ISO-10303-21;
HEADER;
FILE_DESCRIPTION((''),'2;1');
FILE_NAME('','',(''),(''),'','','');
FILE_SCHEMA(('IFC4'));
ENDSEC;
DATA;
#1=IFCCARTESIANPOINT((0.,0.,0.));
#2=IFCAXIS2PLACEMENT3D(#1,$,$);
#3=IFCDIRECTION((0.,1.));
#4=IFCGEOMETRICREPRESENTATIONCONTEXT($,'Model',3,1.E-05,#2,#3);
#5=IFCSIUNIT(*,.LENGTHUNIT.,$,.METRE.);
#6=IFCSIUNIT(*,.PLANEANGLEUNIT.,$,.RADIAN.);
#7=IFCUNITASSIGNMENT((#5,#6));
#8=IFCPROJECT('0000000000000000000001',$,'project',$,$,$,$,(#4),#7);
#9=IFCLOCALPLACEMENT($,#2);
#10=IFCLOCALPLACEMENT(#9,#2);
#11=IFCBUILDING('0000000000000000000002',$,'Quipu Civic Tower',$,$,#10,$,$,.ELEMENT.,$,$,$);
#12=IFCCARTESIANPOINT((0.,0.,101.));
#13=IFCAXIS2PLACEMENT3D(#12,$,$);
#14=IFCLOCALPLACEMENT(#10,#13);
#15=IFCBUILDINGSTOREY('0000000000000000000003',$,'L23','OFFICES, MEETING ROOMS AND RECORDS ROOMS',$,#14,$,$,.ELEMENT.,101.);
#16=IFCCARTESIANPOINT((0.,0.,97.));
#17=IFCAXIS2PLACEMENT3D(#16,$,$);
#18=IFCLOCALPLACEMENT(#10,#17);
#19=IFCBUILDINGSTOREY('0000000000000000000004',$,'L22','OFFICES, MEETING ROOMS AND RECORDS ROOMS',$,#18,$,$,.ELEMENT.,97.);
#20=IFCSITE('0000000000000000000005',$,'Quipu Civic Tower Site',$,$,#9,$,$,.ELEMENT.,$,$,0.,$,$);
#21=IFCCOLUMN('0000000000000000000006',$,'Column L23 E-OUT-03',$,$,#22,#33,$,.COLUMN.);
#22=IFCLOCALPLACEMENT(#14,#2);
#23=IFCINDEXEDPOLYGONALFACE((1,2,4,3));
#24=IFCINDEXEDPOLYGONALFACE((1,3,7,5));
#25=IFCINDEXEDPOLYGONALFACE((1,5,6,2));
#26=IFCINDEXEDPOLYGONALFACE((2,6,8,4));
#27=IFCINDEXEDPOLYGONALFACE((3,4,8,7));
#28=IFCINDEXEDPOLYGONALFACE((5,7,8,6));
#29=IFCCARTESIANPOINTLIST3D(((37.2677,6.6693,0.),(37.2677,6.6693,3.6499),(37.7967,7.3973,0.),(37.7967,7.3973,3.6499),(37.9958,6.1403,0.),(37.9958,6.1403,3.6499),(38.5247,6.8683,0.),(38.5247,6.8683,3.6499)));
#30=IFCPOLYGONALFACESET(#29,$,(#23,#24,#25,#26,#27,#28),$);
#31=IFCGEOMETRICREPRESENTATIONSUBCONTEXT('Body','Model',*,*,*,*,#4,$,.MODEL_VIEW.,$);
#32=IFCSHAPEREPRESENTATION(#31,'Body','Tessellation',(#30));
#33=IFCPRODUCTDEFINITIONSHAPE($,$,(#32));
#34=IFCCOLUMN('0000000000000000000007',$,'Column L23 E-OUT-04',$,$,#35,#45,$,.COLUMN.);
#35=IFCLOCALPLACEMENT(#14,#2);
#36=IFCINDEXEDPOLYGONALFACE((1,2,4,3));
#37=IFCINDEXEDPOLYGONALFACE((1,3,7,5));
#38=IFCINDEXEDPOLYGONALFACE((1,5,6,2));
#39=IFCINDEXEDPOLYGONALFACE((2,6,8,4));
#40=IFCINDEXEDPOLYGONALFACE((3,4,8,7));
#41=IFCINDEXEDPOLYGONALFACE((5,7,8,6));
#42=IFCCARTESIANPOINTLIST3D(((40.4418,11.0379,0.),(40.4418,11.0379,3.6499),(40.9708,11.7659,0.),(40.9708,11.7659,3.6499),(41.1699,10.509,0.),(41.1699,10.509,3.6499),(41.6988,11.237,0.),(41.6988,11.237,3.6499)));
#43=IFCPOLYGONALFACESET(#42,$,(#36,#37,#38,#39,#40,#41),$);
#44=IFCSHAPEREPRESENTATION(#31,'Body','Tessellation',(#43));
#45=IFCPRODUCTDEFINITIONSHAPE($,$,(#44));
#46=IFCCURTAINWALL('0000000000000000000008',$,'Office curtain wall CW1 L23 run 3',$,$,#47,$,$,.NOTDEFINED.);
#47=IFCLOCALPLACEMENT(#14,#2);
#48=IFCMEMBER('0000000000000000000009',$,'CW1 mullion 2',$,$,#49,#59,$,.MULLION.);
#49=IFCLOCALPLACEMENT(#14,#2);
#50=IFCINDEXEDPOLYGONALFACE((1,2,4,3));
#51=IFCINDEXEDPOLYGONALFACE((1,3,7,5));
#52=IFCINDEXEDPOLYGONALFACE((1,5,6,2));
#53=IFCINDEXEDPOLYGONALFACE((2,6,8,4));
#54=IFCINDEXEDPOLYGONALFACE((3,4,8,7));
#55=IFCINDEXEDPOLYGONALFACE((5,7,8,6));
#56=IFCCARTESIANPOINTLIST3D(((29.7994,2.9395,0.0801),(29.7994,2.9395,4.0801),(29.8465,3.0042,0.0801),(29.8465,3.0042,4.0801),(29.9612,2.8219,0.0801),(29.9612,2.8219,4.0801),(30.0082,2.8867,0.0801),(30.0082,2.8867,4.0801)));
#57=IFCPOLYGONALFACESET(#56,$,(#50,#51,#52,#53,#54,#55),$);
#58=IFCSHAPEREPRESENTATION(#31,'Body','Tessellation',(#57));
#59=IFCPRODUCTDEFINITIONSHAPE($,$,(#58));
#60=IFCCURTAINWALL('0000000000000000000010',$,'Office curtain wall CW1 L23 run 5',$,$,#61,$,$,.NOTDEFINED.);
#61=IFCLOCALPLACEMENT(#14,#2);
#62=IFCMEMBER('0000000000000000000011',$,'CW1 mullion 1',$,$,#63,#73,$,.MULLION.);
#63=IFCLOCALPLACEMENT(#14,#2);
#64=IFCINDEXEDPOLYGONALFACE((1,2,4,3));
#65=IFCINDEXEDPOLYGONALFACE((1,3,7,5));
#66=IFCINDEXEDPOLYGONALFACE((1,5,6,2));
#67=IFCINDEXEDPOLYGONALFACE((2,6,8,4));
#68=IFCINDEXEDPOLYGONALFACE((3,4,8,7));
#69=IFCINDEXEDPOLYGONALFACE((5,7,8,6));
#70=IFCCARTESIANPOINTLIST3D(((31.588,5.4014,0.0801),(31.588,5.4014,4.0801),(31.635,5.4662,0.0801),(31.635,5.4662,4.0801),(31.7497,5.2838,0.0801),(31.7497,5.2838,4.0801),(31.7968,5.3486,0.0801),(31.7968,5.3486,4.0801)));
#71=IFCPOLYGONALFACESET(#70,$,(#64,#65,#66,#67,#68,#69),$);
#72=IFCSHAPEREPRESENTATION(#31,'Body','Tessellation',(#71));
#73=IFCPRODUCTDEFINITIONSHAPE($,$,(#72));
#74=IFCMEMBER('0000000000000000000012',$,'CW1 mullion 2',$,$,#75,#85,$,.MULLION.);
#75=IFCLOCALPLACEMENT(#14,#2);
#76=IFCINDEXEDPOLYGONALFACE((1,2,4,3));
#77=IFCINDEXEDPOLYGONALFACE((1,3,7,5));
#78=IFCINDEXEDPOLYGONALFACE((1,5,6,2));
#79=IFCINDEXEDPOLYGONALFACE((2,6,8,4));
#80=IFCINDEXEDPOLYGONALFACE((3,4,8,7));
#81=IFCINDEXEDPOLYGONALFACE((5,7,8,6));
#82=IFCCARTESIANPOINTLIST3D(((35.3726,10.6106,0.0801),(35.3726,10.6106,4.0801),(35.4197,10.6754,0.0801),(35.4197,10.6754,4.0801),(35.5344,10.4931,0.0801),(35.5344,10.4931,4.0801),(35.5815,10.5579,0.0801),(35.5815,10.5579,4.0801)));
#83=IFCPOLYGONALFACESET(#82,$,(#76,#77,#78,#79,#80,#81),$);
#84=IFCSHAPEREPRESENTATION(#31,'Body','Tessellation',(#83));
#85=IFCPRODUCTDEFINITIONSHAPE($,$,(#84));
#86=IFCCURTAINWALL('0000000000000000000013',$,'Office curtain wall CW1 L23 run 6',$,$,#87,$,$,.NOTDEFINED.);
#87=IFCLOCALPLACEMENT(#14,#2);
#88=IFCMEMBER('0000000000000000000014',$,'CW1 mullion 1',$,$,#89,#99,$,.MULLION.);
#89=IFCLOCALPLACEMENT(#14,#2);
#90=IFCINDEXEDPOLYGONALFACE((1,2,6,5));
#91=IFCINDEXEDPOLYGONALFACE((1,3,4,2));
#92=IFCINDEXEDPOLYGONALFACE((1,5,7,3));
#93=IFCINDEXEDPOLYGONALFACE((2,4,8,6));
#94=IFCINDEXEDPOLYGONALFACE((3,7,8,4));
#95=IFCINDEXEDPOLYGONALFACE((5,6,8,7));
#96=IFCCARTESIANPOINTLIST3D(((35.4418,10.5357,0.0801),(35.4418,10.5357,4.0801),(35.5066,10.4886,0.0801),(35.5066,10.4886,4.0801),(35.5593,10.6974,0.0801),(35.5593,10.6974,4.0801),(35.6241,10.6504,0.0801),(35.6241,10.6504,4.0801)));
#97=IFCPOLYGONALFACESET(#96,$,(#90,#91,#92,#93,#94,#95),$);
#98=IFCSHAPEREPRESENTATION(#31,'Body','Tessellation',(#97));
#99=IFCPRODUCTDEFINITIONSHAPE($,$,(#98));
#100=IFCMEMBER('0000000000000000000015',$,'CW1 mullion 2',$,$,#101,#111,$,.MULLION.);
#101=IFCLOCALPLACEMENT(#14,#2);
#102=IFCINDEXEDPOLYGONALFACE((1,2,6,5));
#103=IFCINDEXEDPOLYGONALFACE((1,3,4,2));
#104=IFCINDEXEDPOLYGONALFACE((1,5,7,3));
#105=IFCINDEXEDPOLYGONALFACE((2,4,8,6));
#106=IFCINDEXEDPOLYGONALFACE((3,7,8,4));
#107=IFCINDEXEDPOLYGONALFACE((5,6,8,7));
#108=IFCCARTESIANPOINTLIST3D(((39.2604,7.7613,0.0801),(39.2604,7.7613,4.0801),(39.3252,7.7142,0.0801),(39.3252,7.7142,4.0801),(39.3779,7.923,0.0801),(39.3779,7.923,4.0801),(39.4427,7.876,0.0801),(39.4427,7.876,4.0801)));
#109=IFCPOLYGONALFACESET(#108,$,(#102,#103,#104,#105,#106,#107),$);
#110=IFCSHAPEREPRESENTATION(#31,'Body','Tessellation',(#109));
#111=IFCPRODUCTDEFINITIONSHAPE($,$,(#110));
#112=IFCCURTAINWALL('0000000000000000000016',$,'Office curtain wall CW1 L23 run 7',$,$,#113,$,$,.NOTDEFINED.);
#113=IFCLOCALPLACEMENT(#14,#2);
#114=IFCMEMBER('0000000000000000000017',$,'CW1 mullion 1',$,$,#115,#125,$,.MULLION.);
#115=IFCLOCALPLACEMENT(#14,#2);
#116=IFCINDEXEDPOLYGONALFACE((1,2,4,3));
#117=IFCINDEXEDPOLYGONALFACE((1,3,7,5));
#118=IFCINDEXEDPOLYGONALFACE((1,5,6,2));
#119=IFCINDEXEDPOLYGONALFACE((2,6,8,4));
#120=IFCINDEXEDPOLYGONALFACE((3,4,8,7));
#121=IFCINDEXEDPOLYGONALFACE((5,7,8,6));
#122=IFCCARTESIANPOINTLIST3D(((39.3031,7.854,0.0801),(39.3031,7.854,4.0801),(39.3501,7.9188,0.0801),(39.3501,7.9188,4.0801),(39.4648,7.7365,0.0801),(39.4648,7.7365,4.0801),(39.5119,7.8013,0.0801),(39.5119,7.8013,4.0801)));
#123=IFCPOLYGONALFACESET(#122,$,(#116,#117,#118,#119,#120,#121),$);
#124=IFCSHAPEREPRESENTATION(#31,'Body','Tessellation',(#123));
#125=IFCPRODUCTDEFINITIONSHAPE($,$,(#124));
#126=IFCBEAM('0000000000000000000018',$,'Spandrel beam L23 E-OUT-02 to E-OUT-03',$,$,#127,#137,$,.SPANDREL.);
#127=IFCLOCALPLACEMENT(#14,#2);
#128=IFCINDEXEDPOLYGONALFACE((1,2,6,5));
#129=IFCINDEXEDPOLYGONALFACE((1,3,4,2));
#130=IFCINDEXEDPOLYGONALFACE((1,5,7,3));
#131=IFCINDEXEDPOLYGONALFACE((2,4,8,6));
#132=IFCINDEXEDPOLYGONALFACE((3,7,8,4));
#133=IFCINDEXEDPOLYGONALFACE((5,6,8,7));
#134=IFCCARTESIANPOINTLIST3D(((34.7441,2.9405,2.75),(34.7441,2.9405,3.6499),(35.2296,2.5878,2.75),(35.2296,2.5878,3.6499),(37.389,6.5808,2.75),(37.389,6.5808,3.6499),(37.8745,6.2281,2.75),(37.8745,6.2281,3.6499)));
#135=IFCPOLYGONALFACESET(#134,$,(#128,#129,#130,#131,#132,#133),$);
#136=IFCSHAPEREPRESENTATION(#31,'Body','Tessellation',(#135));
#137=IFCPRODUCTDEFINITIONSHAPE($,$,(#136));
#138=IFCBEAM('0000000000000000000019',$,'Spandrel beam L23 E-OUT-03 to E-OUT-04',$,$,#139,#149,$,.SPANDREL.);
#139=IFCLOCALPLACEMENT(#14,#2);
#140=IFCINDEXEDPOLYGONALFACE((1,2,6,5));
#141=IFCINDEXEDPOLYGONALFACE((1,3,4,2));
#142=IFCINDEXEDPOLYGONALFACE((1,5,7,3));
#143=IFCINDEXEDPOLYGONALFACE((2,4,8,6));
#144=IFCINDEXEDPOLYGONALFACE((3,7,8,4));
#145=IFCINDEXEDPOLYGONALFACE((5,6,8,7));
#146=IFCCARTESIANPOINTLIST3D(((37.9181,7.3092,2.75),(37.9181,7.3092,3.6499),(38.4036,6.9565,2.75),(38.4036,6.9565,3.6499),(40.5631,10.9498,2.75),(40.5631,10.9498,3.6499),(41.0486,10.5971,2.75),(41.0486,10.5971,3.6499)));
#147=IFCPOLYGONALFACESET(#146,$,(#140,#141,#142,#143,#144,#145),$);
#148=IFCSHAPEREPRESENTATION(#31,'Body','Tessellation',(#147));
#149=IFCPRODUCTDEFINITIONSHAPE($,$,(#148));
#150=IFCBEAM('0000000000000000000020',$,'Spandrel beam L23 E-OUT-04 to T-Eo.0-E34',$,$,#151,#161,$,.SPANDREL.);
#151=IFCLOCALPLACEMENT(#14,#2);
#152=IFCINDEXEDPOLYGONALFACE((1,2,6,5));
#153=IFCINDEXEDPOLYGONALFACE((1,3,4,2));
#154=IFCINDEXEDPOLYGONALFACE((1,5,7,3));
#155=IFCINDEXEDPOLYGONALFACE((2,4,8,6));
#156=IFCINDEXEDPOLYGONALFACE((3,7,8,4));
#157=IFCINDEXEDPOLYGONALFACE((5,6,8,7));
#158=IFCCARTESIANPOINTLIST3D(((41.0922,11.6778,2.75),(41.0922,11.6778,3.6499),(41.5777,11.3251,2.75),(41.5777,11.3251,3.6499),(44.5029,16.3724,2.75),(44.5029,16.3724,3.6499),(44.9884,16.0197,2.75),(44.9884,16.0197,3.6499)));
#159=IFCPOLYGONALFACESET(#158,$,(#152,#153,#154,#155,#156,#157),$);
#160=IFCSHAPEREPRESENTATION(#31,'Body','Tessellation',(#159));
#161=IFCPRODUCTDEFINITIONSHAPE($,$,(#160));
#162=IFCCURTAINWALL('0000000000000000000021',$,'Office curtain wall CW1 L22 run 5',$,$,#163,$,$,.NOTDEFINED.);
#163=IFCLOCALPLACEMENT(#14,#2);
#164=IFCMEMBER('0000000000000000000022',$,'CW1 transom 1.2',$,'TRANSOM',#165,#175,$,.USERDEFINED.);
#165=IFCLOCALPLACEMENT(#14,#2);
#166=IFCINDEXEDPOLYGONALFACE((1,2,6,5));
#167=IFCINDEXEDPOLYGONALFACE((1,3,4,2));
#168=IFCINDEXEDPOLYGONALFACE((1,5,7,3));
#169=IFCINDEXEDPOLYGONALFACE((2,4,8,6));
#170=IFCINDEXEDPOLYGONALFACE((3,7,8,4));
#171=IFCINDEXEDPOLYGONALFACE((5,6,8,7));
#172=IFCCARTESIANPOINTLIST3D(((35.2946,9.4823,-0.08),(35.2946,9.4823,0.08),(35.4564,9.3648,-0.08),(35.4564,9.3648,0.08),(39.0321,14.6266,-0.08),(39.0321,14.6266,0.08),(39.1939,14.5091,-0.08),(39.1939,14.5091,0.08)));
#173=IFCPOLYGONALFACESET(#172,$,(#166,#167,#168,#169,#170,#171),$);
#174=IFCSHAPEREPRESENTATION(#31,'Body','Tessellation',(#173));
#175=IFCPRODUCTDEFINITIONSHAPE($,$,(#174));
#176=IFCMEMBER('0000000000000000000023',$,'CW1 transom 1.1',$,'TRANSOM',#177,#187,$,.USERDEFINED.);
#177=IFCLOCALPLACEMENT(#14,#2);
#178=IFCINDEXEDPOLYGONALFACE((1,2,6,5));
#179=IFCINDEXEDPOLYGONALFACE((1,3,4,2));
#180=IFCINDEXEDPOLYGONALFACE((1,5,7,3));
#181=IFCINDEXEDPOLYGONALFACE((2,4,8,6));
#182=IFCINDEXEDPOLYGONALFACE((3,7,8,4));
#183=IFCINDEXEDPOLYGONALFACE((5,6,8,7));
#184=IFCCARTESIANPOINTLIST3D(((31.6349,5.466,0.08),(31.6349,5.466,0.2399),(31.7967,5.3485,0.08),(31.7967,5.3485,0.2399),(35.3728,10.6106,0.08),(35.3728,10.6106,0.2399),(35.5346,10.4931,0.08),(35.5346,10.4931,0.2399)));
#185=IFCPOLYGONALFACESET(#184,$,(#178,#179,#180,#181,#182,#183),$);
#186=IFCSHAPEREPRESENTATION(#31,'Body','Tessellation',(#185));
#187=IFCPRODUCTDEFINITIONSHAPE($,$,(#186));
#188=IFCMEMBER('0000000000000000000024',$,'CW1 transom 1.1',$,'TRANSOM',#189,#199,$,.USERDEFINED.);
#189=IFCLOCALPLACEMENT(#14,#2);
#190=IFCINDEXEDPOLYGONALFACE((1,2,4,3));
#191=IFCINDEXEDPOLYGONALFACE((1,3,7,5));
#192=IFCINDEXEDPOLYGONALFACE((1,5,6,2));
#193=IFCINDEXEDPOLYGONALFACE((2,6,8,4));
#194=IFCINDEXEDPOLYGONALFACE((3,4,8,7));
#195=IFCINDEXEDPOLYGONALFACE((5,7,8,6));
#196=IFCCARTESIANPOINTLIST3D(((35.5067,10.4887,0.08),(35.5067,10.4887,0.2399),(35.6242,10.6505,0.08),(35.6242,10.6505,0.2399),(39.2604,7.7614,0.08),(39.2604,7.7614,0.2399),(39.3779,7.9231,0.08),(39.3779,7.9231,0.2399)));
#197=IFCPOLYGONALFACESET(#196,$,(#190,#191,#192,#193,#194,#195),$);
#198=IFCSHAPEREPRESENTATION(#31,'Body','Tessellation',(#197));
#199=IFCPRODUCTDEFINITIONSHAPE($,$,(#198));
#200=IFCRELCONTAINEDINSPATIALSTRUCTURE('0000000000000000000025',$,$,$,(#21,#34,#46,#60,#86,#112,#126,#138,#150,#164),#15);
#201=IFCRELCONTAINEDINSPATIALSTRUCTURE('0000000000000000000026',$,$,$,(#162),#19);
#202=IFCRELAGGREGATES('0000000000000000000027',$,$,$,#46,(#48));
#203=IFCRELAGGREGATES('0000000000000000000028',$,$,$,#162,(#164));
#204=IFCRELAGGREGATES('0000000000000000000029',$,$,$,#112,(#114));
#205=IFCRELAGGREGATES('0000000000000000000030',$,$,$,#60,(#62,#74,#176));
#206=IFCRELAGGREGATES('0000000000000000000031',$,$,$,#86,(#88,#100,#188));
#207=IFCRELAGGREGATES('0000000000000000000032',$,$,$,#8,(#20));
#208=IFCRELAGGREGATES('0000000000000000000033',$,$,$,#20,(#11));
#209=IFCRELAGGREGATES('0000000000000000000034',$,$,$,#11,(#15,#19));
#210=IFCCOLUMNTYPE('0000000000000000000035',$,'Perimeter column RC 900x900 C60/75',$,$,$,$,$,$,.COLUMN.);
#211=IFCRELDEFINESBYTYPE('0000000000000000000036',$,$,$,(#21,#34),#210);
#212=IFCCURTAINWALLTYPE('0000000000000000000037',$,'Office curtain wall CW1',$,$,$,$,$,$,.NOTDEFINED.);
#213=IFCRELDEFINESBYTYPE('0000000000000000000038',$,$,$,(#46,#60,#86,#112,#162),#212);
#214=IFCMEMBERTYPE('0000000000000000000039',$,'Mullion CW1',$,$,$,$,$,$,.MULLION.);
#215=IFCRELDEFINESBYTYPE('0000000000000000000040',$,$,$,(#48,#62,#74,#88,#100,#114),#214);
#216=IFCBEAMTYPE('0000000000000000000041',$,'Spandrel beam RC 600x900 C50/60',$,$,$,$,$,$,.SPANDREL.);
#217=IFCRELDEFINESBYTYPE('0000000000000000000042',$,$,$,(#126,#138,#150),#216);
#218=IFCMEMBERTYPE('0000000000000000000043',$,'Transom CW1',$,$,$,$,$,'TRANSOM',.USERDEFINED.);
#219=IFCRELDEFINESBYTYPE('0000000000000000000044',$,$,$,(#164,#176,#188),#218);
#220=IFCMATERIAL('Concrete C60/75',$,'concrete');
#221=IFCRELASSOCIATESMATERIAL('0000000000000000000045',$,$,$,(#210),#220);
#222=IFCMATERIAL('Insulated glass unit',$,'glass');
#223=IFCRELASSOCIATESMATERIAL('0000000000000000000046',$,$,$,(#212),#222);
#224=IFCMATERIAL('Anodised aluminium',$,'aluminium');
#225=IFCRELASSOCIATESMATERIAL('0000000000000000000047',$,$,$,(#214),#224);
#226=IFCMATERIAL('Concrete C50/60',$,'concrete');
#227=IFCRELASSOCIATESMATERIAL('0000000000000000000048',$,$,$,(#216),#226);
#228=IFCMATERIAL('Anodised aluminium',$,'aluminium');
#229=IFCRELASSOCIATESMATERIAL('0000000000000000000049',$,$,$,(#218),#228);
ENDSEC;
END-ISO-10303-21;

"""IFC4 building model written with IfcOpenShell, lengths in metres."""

from ifc_helpers import new_model, si_unit, direction, frame, origin, origin_2d, place, context, subcontext, project, spatial, rectangle, extrude, material, material_profile, profile_set, type_object, element, aggregate, save


model = new_model("IFC4")

# Units and contexts
model_context = context("Model", 3, precision=1e-05, world=origin(), true_north=direction((0.0, 1.0)))
body_context = subcontext(model_context, "Body", "Model", "MODEL_VIEW")
ifc_project = project(units=[si_unit("LENGTHUNIT", "METRE"), si_unit("PLANEANGLEUNIT", "RADIAN")], contexts=[model_context])

# Site, building, storey
site_placement = place(None, origin())
site = spatial("IfcSite", under=ifc_project, at=site_placement, Name="Quipu Civic Tower Site", CompositionType="ELEMENT", RefElevation=0.0)
building_placement = place(site_placement, origin())
building = spatial("IfcBuilding", under=site, at=building_placement, Name="Quipu Civic Tower", CompositionType="ELEMENT")
storey_1_placement = place(building_placement, frame((0.0, 0.0, 101.0)))
storey_1 = spatial("IfcBuildingStorey", under=building, at=storey_1_placement, Name="L23", Description="OFFICES, MEETING ROOMS AND RECORDS ROOMS", CompositionType="ELEMENT", Elevation=101.0)

# Columns
ifc_material_1 = material(Name="Concrete C60/75", Category="concrete")
ifc_material_profile_1 = material_profile(ifc_material_1, rectangle(XDim=0.8999, YDim=0.8999, at=origin_2d()), Name="RC900x900")
ifc_profile_set_1 = profile_set([ifc_material_profile_1], Name="Concrete C60/75")
column_type = type_object("IfcColumnType", Name="Perimeter column RC 900x900 C60/75", PredefinedType="COLUMN", material=ifc_profile_set_1)
for number, where, z_axis, x_axis, name in (
    (1, (37.8962, 6.7688, 0.0), (0.0, 0.0, 1.0), (0.587785, 0.809017, 0.0), "Column L23 E-OUT-03"),
    (2, (41.0703, 11.1375, 0.0), (0.0, 0.0, 1.0), (0.587785, 0.809017, 0.0), "Column L23 E-OUT-04"),
):
    element("IfcColumn", number, at=place(storey_1_placement, frame(where, z_axis=z_axis, x_axis=x_axis)), inside=storey_1, type_object=column_type, Name=name, PredefinedType="COLUMN", context=body_context, shape_type="SweptSolid", body=[
        extrude(rectangle(XDim=0.8999, YDim=0.8999, at=origin_2d()), origin(), (0.0, 0.0, 1.0), 3.6499),
    ])

# Curtain wall, member
ifc_material_2 = material(Name="Insulated glass unit", Category="glass")
curtain_wall_type = type_object("IfcCurtainWallType", Name="Office curtain wall CW1", PredefinedType="NOTDEFINED", material=ifc_material_2)
curtain_wall_1_placement = place(storey_1_placement, origin())
curtain_wall_1 = element("IfcCurtainWall", 3, at=curtain_wall_1_placement, inside=storey_1, type_object=curtain_wall_type, Name="Office curtain wall CW1 L23 run 3", PredefinedType="NOTDEFINED")
ifc_material_3 = material(Name="Anodised aluminium", Category="aluminium")
ifc_material_profile_2 = material_profile(ifc_material_3, rectangle(XDim=0.2, YDim=0.0801, at=origin_2d()), Name="RECT 200x80")
ifc_profile_set_2 = profile_set([ifc_material_profile_2], Name="Anodised aluminium")
member_type_1 = type_object("IfcMemberType", Name="Mullion CW1", PredefinedType="MULLION", material=ifc_profile_set_2)
member_1_placement = place(storey_1_placement, frame((29.9038, 2.9131, 0.0801), z_axis=(0.0, 0.0, 1.0), x_axis=(-0.809017, 0.587785, 0.0)))
member_1 = element("IfcMember", 4, at=member_1_placement, type_object=member_type_1, Name="CW1 mullion 2", PredefinedType="MULLION", context=body_context, shape_type="SweptSolid", body=[
    extrude(rectangle(XDim=0.2, YDim=0.0801, at=origin_2d()), origin(), (0.0, 0.0, 1.0), 4.0),
])
aggregate(curtain_wall_1, [member_1])

# Curtain walls, members
curtain_wall_2_placement = place(storey_1_placement, origin())
curtain_wall_2 = element("IfcCurtainWall", 5, at=curtain_wall_2_placement, inside=storey_1, type_object=curtain_wall_type, Name="Office curtain wall CW1 L23 run 5", PredefinedType="NOTDEFINED")
member_2_placement = place(storey_1_placement, frame((31.6924, 5.375, 0.0801), z_axis=(0.0, 0.0, 1.0), x_axis=(-0.809018, 0.587784, 0.0)))
member_2 = element("IfcMember", 6, at=member_2_placement, type_object=member_type_1, Name="CW1 mullion 1", PredefinedType="MULLION", context=body_context, shape_type="SweptSolid", body=[
    extrude(rectangle(XDim=0.2, YDim=0.0801, at=origin_2d()), origin(), (0.0, 0.0, 1.0), 4.0),
])
member_3_placement = place(storey_1_placement, frame((35.4771, 10.5842, 0.0801), z_axis=(0.0, 0.0, 1.0), x_axis=(-0.809018, 0.587784, 0.0)))
member_3 = element("IfcMember", 7, at=member_3_placement, type_object=member_type_1, Name="CW1 mullion 2", PredefinedType="MULLION", context=body_context, shape_type="SweptSolid", body=[
    extrude(rectangle(XDim=0.2, YDim=0.0801, at=origin_2d()), origin(), (0.0, 0.0, 1.0), 4.0),
])
curtain_wall_3_placement = place(storey_1_placement, origin())
curtain_wall_3 = element("IfcCurtainWall", 8, at=curtain_wall_3_placement, inside=storey_1, type_object=curtain_wall_type, Name="Office curtain wall CW1 L23 run 6", PredefinedType="NOTDEFINED")
member_4_placement = place(storey_1_placement, frame((35.533, 10.593, 0.0801), z_axis=(0.0, 0.0, 1.0), x_axis=(0.587774, 0.809025, 0.0)))
member_4 = element("IfcMember", 9, at=member_4_placement, type_object=member_type_1, Name="CW1 mullion 1", PredefinedType="MULLION", context=body_context, shape_type="SweptSolid", body=[
    extrude(rectangle(XDim=0.2, YDim=0.0801, at=origin_2d()), origin(), (0.0, 0.0, 1.0), 4.0),
])
member_5_placement = place(storey_1_placement, frame((39.3516, 7.8186, 0.0801), z_axis=(0.0, 0.0, 1.0), x_axis=(0.587774, 0.809025, 0.0)))
member_5 = element("IfcMember", 10, at=member_5_placement, type_object=member_type_1, Name="CW1 mullion 2", PredefinedType="MULLION", context=body_context, shape_type="SweptSolid", body=[
    extrude(rectangle(XDim=0.2, YDim=0.0801, at=origin_2d()), origin(), (0.0, 0.0, 1.0), 4.0),
])

# Curtain wall, member
curtain_wall_4_placement = place(storey_1_placement, origin())
curtain_wall_4 = element("IfcCurtainWall", 11, at=curtain_wall_4_placement, inside=storey_1, type_object=curtain_wall_type, Name="Office curtain wall CW1 L23 run 7", PredefinedType="NOTDEFINED")
member_6_placement = place(storey_1_placement, frame((39.4075, 7.8276, 0.0801), z_axis=(0.0, 0.0, 1.0), x_axis=(-0.809016, 0.587787, 0.0)))
member_6 = element("IfcMember", 12, at=member_6_placement, type_object=member_type_1, Name="CW1 mullion 1", PredefinedType="MULLION", context=body_context, shape_type="SweptSolid", body=[
    extrude(rectangle(XDim=0.2, YDim=0.0801, at=origin_2d()), origin(), (0.0, 0.0, 1.0), 4.0),
])

# Beams
ifc_material_4 = material(Name="Concrete C50/60", Category="concrete")
ifc_material_profile_3 = material_profile(ifc_material_4, rectangle(XDim=0.6001, YDim=0.8999, at=origin_2d()), Name="RC600x900")
ifc_profile_set_3 = profile_set([ifc_material_profile_3], Name="Concrete C50/60")
beam_type = type_object("IfcBeamType", Name="Spandrel beam RC 600x900 C50/60", PredefinedType="SPANDREL", material=ifc_profile_set_3)
beam_1_placement = place(storey_1_placement, frame((34.9868, 2.7642, 3.2), z_axis=(0.587804, 0.809003, 0.0), x_axis=(-0.809003, 0.587804, 0.0)))
element("IfcBeam", 13, at=beam_1_placement, inside=storey_1, type_object=beam_type, Name="Spandrel beam L23 E-OUT-02 to E-OUT-03", PredefinedType="SPANDREL", context=body_context, shape_type="SweptSolid", body=[
    extrude(rectangle(XDim=0.6001, YDim=0.8999, at=origin_2d()), origin(), (0.0, 0.0, 1.0), 4.4998),
])
beam_2_placement = place(storey_1_placement, frame((38.1609, 7.1328, 3.2), z_axis=(0.587778, 0.809022, 0.0), x_axis=(-0.809022, 0.587778, 0.0)))
element("IfcBeam", 14, at=beam_2_placement, inside=storey_1, type_object=beam_type, Name="Spandrel beam L23 E-OUT-03 to E-OUT-04", PredefinedType="SPANDREL", context=body_context, shape_type="SweptSolid", body=[
    extrude(rectangle(XDim=0.6001, YDim=0.8999, at=origin_2d()), origin(), (0.0, 0.0, 1.0), 4.5),
])
beam_3_placement = place(storey_1_placement, frame((41.335, 11.5015, 3.2), z_axis=(0.587766, 0.809031, 0.0), x_axis=(-0.809031, 0.587766, 0.0)))
element("IfcBeam", 15, at=beam_3_placement, inside=storey_1, type_object=beam_type, Name="Spandrel beam L23 E-OUT-04 to T-Eo.0-E34", PredefinedType="SPANDREL", context=body_context, shape_type="SweptSolid", body=[
    extrude(rectangle(XDim=0.6001, YDim=0.8999, at=origin_2d()), origin(), (0.0, 0.0, 1.0), 5.8027),
])

# Shared definitions
storey_2_placement = place(building_placement, frame((0.0, 0.0, 97.0)))
storey_2 = spatial("IfcBuildingStorey", under=building, at=storey_2_placement, Name="L22", Description="OFFICES, MEETING ROOMS AND RECORDS ROOMS", CompositionType="ELEMENT", Elevation=97.0)

# Curtain wall, member
curtain_wall_5_placement = place(storey_2_placement, origin())
curtain_wall_5 = element("IfcCurtainWall", 16, at=curtain_wall_5_placement, inside=storey_2, type_object=curtain_wall_type, Name="Office curtain wall CW1 L22 run 5", PredefinedType="NOTDEFINED")
ifc_material_5 = material(Name="Anodised aluminium", Category="aluminium")
ifc_material_profile_4 = material_profile(ifc_material_5, rectangle(XDim=0.2, YDim=0.1599, at=origin_2d()), Name="RECT 200x160")
ifc_profile_set_4 = profile_set([ifc_material_profile_4], Name="Anodised aluminium")
member_type_2 = type_object("IfcMemberType", Name="Transom CW1", ElementType="TRANSOM", PredefinedType="USERDEFINED", material=ifc_profile_set_4)
member_7_placement = place(storey_1_placement, frame((35.3755, 9.4236, 0.0), z_axis=(0.587786, 0.809017, 0.0), x_axis=(-0.809017, 0.587786, 0.0)))
member_7 = element("IfcMember", 17, at=member_7_placement, inside=storey_1, type_object=member_type_2, Name="CW1 transom 1.2", ObjectType="TRANSOM", PredefinedType="USERDEFINED", context=body_context, shape_type="SweptSolid", body=[
    extrude(rectangle(XDim=0.2, YDim=0.1599, at=origin_2d()), origin(), (0.0, 0.0, 1.0), 6.3586),
])
aggregate(curtain_wall_5, [member_7])

# Members
member_8_placement = place(storey_1_placement, frame((31.7158, 5.4072, 0.1599), z_axis=(0.587793, 0.809012, 0.0), x_axis=(-0.809012, 0.587793, 0.0)))
member_8 = element("IfcMember", 18, at=member_8_placement, type_object=member_type_2, Name="CW1 transom 1.1", ObjectType="TRANSOM", PredefinedType="USERDEFINED", context=body_context, shape_type="SweptSolid", body=[
    extrude(rectangle(XDim=0.2, YDim=0.1599, at=origin_2d()), origin(), (0.0, 0.0, 1.0), 6.3591),
])
member_9_placement = place(storey_1_placement, frame((35.5654, 10.5696, 0.1599), z_axis=(0.809007, -0.587799, 0.0), x_axis=(0.587799, 0.809007, 0.0)))
member_9 = element("IfcMember", 19, at=member_9_placement, type_object=member_type_2, Name="CW1 transom 1.1", ObjectType="TRANSOM", PredefinedType="USERDEFINED", context=body_context, shape_type="SweptSolid", body=[
    extrude(rectangle(XDim=0.2, YDim=0.1599, at=origin_2d()), origin(), (0.0, 0.0, 1.0), 4.6399),
])
aggregate(curtain_wall_4, [member_6])

aggregate(curtain_wall_2, [member_2, member_3, member_8])
aggregate(curtain_wall_3, [member_4, member_5, member_9])

save(model, "model.ifc")
